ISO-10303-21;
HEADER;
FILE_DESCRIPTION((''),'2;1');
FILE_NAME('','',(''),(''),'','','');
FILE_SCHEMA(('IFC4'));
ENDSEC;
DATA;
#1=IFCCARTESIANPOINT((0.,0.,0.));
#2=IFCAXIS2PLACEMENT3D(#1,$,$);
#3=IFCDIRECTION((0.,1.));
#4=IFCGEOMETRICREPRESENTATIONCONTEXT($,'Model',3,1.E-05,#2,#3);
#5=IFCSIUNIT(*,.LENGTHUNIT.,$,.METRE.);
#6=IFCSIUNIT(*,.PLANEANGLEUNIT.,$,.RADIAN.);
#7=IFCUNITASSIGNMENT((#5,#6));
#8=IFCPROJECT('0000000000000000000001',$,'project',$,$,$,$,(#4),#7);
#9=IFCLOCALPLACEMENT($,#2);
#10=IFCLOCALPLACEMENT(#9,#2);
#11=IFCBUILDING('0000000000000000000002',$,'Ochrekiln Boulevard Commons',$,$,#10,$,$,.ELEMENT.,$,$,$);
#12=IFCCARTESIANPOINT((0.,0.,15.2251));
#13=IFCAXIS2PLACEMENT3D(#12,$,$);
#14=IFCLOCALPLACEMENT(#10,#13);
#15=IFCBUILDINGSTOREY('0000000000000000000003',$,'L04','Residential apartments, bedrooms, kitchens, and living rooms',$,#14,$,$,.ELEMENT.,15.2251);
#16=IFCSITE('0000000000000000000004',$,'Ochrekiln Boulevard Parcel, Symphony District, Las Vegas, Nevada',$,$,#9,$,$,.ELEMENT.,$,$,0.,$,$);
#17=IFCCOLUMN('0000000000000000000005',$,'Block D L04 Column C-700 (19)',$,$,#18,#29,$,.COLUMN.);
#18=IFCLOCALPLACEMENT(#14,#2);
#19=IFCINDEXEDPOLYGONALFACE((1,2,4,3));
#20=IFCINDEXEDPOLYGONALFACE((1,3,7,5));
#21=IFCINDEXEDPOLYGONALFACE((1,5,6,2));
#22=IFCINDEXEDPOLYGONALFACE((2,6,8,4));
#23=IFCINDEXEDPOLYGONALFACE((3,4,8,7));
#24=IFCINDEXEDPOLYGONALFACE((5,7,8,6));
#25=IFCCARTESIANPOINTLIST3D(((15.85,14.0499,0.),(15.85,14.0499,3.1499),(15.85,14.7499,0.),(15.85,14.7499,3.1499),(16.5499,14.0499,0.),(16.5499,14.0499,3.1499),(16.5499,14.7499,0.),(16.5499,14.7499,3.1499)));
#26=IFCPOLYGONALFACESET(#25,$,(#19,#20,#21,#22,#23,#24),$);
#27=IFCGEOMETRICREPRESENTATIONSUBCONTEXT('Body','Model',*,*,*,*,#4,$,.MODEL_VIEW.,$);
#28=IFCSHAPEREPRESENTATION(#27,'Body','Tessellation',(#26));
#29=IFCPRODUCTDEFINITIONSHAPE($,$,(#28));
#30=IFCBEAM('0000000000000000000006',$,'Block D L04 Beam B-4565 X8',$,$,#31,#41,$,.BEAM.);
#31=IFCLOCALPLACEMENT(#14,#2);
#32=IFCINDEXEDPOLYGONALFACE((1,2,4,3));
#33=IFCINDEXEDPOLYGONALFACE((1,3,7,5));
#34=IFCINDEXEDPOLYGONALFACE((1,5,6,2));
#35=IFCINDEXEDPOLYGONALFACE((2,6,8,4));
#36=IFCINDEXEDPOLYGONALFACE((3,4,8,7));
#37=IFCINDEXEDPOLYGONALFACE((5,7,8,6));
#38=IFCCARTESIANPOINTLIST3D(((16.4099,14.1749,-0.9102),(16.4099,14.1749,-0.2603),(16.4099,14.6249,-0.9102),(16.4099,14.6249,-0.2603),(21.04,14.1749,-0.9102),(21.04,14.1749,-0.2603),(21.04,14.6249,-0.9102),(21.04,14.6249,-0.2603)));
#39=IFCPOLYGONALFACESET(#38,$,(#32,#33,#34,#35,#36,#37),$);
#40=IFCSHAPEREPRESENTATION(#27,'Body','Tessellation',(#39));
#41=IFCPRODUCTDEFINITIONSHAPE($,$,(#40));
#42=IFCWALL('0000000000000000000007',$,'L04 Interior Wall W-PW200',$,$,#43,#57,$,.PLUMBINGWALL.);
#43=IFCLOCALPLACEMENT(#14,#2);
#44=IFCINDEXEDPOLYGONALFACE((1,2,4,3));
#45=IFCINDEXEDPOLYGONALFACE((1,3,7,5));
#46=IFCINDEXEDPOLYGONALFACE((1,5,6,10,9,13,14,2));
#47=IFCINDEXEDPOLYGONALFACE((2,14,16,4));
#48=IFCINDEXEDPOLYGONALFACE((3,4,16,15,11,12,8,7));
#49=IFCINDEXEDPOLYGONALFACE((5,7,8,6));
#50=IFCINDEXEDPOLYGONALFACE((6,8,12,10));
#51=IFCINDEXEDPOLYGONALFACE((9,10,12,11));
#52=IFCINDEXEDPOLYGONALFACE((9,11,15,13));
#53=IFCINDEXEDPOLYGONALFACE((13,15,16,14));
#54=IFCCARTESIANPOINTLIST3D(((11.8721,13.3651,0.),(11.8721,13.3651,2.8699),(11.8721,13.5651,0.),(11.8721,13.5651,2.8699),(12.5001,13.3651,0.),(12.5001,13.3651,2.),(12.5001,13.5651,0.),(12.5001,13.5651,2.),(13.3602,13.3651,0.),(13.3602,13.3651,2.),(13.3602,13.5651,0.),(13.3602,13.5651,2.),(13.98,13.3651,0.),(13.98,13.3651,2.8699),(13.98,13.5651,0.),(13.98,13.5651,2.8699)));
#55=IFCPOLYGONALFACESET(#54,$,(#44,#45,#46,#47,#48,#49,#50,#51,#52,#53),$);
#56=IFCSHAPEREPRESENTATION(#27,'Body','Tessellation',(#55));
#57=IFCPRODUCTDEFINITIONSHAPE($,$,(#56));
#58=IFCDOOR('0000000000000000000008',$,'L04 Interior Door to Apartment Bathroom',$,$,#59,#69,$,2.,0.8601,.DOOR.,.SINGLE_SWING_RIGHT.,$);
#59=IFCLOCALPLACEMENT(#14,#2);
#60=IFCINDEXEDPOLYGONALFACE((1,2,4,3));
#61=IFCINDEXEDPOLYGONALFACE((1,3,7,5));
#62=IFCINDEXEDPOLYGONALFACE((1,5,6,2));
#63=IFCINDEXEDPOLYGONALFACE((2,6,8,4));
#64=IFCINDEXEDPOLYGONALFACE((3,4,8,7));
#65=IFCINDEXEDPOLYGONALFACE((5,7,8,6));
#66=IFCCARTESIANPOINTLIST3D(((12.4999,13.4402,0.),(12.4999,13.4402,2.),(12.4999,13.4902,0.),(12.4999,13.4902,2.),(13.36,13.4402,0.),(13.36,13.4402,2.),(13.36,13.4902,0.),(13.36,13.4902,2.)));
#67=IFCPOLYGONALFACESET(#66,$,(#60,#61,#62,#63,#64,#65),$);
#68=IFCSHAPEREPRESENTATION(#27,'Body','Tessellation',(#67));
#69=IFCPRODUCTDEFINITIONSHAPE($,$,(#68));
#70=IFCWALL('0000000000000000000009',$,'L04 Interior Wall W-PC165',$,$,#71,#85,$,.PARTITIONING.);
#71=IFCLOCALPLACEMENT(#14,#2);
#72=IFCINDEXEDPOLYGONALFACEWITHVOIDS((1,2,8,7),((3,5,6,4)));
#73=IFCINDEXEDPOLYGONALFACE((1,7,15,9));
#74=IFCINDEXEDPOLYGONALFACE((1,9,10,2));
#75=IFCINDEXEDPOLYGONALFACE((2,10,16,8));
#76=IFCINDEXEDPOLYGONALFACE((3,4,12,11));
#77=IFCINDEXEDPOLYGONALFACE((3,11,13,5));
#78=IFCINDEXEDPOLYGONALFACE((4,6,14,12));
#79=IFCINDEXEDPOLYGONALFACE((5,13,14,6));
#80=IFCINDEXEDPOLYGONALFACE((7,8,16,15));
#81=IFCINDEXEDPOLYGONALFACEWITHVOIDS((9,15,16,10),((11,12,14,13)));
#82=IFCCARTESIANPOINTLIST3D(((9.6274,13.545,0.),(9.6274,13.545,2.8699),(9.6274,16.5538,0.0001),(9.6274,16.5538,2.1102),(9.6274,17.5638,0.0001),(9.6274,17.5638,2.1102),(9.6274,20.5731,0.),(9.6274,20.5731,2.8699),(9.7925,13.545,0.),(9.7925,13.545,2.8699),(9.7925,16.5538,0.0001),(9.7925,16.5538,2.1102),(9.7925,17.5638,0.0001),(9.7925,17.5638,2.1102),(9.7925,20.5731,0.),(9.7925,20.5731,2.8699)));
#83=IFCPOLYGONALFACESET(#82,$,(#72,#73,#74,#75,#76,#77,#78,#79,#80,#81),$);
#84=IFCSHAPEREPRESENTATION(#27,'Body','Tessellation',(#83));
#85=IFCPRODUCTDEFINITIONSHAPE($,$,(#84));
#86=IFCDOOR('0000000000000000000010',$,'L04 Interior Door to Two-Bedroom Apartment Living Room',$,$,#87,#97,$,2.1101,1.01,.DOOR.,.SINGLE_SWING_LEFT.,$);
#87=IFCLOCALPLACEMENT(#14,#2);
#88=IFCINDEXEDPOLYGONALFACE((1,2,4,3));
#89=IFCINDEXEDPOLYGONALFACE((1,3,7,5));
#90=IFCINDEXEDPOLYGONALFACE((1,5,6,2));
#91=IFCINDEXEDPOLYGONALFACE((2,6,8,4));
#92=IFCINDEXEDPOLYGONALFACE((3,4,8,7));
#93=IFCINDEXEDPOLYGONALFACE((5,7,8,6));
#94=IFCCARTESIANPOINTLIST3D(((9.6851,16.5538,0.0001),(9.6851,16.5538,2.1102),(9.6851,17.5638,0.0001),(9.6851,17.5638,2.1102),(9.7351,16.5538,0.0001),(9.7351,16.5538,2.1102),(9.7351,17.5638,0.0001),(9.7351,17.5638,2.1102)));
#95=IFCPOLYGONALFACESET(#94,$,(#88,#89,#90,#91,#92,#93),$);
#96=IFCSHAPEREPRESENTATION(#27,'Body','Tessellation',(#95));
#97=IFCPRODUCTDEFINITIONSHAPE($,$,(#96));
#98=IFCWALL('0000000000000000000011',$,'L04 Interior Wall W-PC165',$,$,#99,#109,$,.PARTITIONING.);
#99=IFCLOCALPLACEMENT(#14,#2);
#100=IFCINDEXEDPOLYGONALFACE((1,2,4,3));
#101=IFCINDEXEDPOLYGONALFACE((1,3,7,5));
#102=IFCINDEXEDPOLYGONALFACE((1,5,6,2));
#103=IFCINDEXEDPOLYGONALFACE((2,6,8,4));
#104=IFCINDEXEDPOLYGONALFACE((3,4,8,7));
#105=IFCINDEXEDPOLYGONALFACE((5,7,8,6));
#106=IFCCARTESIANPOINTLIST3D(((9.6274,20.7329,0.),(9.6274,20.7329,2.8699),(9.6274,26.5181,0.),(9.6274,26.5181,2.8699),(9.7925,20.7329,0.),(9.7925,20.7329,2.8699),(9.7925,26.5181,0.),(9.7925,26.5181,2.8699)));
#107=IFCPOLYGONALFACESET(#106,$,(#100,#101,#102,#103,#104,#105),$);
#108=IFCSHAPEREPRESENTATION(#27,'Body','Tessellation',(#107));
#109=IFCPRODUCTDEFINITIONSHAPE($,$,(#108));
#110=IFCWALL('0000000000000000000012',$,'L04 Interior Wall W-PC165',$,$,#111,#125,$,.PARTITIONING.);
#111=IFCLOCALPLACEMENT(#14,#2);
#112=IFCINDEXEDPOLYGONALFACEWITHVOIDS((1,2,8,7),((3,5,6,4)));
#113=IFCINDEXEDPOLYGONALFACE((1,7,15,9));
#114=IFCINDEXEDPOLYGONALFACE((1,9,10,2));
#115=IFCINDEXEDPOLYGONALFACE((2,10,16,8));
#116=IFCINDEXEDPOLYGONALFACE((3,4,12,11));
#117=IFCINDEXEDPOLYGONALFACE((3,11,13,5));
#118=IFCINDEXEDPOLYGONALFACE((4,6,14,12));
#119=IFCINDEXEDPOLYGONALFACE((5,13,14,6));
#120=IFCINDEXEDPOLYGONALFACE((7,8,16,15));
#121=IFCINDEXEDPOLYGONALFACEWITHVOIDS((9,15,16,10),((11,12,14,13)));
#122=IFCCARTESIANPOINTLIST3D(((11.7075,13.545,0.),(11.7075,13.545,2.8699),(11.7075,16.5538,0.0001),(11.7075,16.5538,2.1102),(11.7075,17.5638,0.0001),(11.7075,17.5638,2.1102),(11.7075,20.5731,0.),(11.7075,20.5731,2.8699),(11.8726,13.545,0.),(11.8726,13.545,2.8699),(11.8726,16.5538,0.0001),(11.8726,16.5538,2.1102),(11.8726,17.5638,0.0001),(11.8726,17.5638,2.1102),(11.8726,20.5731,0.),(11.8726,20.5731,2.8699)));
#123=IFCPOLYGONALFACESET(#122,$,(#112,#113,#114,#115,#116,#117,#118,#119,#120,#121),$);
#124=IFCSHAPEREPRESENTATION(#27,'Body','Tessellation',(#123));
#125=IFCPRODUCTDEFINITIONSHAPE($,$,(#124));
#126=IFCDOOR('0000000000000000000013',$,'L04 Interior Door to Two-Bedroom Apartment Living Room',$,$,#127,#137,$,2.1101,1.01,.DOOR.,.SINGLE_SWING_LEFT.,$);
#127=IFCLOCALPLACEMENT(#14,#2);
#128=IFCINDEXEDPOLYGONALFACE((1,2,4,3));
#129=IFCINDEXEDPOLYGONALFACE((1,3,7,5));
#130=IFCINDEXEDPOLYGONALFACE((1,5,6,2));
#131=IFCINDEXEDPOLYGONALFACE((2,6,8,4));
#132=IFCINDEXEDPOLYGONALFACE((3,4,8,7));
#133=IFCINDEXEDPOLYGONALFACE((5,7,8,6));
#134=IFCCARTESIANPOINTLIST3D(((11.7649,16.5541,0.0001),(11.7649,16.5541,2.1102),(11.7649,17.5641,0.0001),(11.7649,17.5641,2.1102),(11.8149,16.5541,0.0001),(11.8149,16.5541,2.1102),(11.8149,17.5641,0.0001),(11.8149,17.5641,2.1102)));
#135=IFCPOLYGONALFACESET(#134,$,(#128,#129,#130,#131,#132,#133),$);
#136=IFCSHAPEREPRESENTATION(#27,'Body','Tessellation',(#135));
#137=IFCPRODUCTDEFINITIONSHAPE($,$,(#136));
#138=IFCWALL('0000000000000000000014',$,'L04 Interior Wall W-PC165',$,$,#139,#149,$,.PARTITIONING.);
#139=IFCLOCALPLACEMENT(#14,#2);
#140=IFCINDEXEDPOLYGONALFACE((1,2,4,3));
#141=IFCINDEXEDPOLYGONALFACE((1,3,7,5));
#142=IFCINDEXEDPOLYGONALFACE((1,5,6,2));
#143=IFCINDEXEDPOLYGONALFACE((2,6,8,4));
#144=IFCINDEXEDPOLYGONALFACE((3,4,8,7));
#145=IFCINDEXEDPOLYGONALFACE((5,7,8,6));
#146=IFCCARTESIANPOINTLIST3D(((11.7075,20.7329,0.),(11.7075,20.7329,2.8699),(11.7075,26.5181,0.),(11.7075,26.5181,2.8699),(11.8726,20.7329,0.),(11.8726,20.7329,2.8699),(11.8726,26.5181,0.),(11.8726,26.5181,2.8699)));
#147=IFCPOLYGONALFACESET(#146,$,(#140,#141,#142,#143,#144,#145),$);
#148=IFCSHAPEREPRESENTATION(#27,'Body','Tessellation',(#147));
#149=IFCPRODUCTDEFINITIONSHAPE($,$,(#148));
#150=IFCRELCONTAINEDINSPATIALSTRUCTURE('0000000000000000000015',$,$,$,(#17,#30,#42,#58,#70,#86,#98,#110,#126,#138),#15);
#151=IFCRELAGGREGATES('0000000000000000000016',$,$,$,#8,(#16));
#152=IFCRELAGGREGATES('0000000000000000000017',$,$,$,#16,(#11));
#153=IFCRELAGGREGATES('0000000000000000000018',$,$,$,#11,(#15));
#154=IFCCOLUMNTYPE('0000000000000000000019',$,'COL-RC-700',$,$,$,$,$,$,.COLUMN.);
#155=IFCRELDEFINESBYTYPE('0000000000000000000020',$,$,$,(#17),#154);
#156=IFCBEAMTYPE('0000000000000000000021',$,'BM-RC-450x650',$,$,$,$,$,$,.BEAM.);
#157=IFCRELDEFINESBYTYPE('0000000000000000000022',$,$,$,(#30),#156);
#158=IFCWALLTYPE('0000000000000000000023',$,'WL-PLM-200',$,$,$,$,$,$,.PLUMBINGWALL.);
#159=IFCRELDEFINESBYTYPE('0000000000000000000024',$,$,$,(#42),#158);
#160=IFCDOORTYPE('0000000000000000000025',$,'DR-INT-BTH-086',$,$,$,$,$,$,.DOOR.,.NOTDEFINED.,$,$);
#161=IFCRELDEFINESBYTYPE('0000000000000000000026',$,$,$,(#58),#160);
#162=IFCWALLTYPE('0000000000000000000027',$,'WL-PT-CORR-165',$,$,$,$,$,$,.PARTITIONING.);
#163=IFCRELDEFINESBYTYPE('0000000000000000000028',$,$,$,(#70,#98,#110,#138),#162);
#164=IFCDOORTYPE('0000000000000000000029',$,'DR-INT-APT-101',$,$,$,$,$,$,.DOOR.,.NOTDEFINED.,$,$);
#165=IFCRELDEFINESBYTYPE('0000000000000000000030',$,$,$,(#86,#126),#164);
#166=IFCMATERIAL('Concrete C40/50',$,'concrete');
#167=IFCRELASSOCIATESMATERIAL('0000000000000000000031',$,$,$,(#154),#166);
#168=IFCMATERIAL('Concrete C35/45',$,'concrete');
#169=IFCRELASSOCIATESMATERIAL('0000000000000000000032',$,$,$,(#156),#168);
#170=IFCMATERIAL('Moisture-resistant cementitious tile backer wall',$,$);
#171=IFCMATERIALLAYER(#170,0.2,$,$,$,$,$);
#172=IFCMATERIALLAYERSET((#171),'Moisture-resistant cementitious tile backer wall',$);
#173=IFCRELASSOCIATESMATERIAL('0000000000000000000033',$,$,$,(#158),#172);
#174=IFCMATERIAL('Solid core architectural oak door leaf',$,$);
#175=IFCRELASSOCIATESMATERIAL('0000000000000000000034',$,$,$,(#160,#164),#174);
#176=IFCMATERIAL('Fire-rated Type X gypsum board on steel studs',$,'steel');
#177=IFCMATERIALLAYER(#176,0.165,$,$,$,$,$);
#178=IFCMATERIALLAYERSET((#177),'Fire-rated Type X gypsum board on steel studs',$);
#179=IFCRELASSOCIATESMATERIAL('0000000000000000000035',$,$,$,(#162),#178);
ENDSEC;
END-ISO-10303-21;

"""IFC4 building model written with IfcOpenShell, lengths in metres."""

from ifc_helpers import new_model, si_unit, direction, frame, frame_2d, origin, origin_2d, place, context, subcontext, project, spatial, rectangle, extrude, material, layer, layer_set, material_profile, profile_set, type_object, element, fill, save


model = new_model("IFC4")

# Units and contexts
model_context = context("Model", 3, precision=1e-05, world=origin(), true_north=direction((0.0, 1.0)))
body_context = subcontext(model_context, "Body", "Model", "MODEL_VIEW")
ifc_project = project(units=[si_unit("LENGTHUNIT", "METRE"), si_unit("PLANEANGLEUNIT", "RADIAN")], contexts=[model_context])

# Site, building, storey
site_placement = place(None, origin())
site = spatial("IfcSite", under=ifc_project, at=site_placement, Name="Ochrekiln Boulevard Parcel, Symphony District, Las Vegas, Nevada", CompositionType="ELEMENT", RefElevation=0.0)
building_placement = place(site_placement, origin())
building = spatial("IfcBuilding", under=site, at=building_placement, Name="Ochrekiln Boulevard Commons", CompositionType="ELEMENT")
storey_placement = place(building_placement, frame((0.0, 0.0, 15.2251)))
storey = spatial("IfcBuildingStorey", under=building, at=storey_placement, Name="L04", Description="Residential apartments, bedrooms, kitchens, and living rooms", CompositionType="ELEMENT", Elevation=15.2251)

# Column
ifc_material_1 = material(Name="Concrete C40/50", Category="concrete")
ifc_material_profile_1 = material_profile(ifc_material_1, rectangle(XDim=0.7, YDim=0.7, at=origin_2d()), Name="RC-COL-700x700")
ifc_profile_set_1 = profile_set([ifc_material_profile_1], Name="Concrete C40/50")
column_type = type_object("IfcColumnType", Name="COL-RC-700", PredefinedType="COLUMN", material=ifc_profile_set_1)
column_placement = place(storey_placement, frame((16.2, 14.3999, 0.0), z_axis=(0.0, 0.0, 1.0), x_axis=(1.0, 0.0, 0.0)))
element("IfcColumn", 1, at=column_placement, inside=storey, type_object=column_type, Name="Block D L04 Column C-700 (19)", PredefinedType="COLUMN", context=body_context, shape_type="SweptSolid", body=[
    extrude(rectangle(XDim=0.7, YDim=0.7, at=origin_2d()), origin(), (0.0, 0.0, 1.0), 3.1499),
])

# Beam
ifc_material_2 = material(Name="Concrete C35/45", Category="concrete")
ifc_material_profile_2 = material_profile(ifc_material_2, rectangle(XDim=0.45, YDim=0.6499, at=origin_2d()), Name="RC-BM-450x650")
ifc_profile_set_2 = profile_set([ifc_material_profile_2], Name="Concrete C35/45")
beam_type = type_object("IfcBeamType", Name="BM-RC-450x650", PredefinedType="BEAM", material=ifc_profile_set_2)
beam_placement = place(storey_placement, frame((16.4099, 14.3999, -0.5852), z_axis=(1.0, 0.0, 0.0), x_axis=(0.0, 1.0, 0.0)))
element("IfcBeam", 2, at=beam_placement, inside=storey, type_object=beam_type, Name="Block D L04 Beam B-4565 X8", PredefinedType="BEAM", context=body_context, shape_type="SweptSolid", body=[
    extrude(rectangle(XDim=0.45, YDim=0.6499, at=origin_2d()), origin(), (0.0, 0.0, 1.0), 4.6301),
])

# Walls, openings, doors
ifc_material_3 = material(Name="Moisture-resistant cementitious tile backer wall")
ifc_layer_1 = layer(ifc_material_3, 0.2)
ifc_layer_set_1 = layer_set([ifc_layer_1], Name="Moisture-resistant cementitious tile backer wall")
wall_type_1 = type_object("IfcWallType", Name="WL-PLM-200", PredefinedType="PLUMBINGWALL", material=ifc_layer_set_1)
wall_1_placement = place(storey_placement, frame((11.8721, 13.4651, 0.0), z_axis=(0.0, 0.0, 1.0), x_axis=(1.0, 0.0, 0.0)))
wall_1 = element("IfcWall", 3, at=wall_1_placement, inside=storey, type_object=wall_type_1, Name="L04 Interior Wall W-PW200", PredefinedType="PLUMBINGWALL", context=body_context, shape_type="SweptSolid", body=[
    extrude(rectangle(XDim=2.1079, YDim=0.2, at=frame_2d((1.054, 0.0))), origin(), (0.0, 0.0, 1.0), 2.8699),
])
opening_1_placement = place(wall_1_placement, frame((0.6279, 0.0, 0.0)))
opening_1 = element("IfcOpeningElement", 4, at=opening_1_placement, cuts=wall_1, PredefinedType="OPENING", context=body_context, shape_type="SweptSolid", body=[
    extrude(rectangle(XDim=0.8601, YDim=2.0, at=frame_2d((0.4302, 1.0))), frame((0.0, 0.1099, 0.0), z_axis=(0.0, -1.0, 0.0), x_axis=(1.0, 0.0, 0.0)), (0.0, 0.0, 1.0), 0.22),
])
ifc_material_4 = material(Name="Solid core architectural oak door leaf")
door_type_1 = type_object("IfcDoorType", Name="DR-INT-BTH-086", OperationType="NOTDEFINED", PredefinedType="DOOR", material=ifc_material_4)
door_1_placement = place(opening_1_placement, frame((0.8601, 0.0, 0.0), z_axis=(0.0, 0.0, 1.0), x_axis=(-1.0, 0.0, 0.0)))
door_1 = element("IfcDoor", 5, at=door_1_placement, inside=storey, type_object=door_type_1, Name="L04 Interior Door to Apartment Bathroom", OperationType="SINGLE_SWING_RIGHT", OverallHeight=2.0, OverallWidth=0.8601, PredefinedType="DOOR", context=body_context, shape_type="SweptSolid", body=[
    extrude(rectangle(XDim=0.8601, YDim=2.0, at=frame_2d((0.4302, 1.0))), frame((0.0, 0.0249, 0.0), z_axis=(0.0, -1.0, 0.0), x_axis=(1.0, 0.0, 0.0)), (0.0, 0.0, 1.0), 0.05),
])
fill(opening_1, door_1)
ifc_material_5 = material(Name="Fire-rated Type X gypsum board on steel studs", Category="steel")
ifc_layer_2 = layer(ifc_material_5, 0.165)
ifc_layer_set_2 = layer_set([ifc_layer_2], Name="Fire-rated Type X gypsum board on steel studs")
wall_type_2 = type_object("IfcWallType", Name="WL-PT-CORR-165", PredefinedType="PARTITIONING", material=ifc_layer_set_2)
wall_2_placement = place(storey_placement, frame((9.71, 13.5449, 0.0), z_axis=(0.0, 0.0, 1.0), x_axis=(0.0, 1.0, 0.0)))
wall_2 = element("IfcWall", 6, at=wall_2_placement, inside=storey, type_object=wall_type_2, Name="L04 Interior Wall W-PC165", PredefinedType="PARTITIONING", context=body_context, shape_type="SweptSolid", body=[
    extrude(rectangle(XDim=7.0281, YDim=0.165, at=frame_2d((3.5142, 0.0))), origin(), (0.0, 0.0, 1.0), 2.8699),
])
opening_2_placement = place(wall_2_placement, frame((3.009, 0.0, 0.0)))
opening_2 = element("IfcOpeningElement", 7, at=opening_2_placement, cuts=wall_2, PredefinedType="OPENING", context=body_context, shape_type="SweptSolid", body=[
    extrude(rectangle(XDim=1.01, YDim=2.1101, at=frame_2d((0.5049, 1.0552))), frame((0.0, 0.0925, 0.0), z_axis=(0.0, -1.0, 0.0), x_axis=(1.0, 0.0, 0.0)), (0.0, 0.0, 1.0), 0.1851),
])
door_type_2 = type_object("IfcDoorType", Name="DR-INT-APT-101", OperationType="NOTDEFINED", PredefinedType="DOOR", material=ifc_material_4)
door_2_placement = place(opening_2_placement, origin())
door_2 = element("IfcDoor", 8, at=door_2_placement, inside=storey, type_object=door_type_2, Name="L04 Interior Door to Two-Bedroom Apartment Living Room", OperationType="SINGLE_SWING_LEFT", OverallHeight=2.1101, OverallWidth=1.01, PredefinedType="DOOR", context=body_context, shape_type="SweptSolid", body=[
    extrude(rectangle(XDim=1.01, YDim=2.1101, at=frame_2d((0.5049, 1.0552))), frame((0.0, 0.0249, 0.0), z_axis=(0.0, -1.0, 0.0), x_axis=(1.0, 0.0, 0.0)), (0.0, 0.0, 1.0), 0.05),
])
fill(opening_2, door_2)

# Wall
wall_3_placement = place(storey_placement, frame((9.71, 20.7329, 0.0), z_axis=(0.0, 0.0, 1.0), x_axis=(0.0, 1.0, 0.0)))
element("IfcWall", 9, at=wall_3_placement, inside=storey, type_object=wall_type_2, Name="L04 Interior Wall W-PC165", PredefinedType="PARTITIONING", context=body_context, shape_type="SweptSolid", body=[
    extrude(rectangle(XDim=5.7852, YDim=0.165, at=frame_2d((2.8926, 0.0))), origin(), (0.0, 0.0, 1.0), 2.8699),
])

# Wall, opening, door
wall_4_placement = place(storey_placement, frame((11.79, 13.5449, 0.0), z_axis=(0.0, 0.0, 1.0), x_axis=(0.0, 1.0, 0.0)))
wall_4 = element("IfcWall", 10, at=wall_4_placement, inside=storey, type_object=wall_type_2, Name="L04 Interior Wall W-PC165", PredefinedType="PARTITIONING", context=body_context, shape_type="SweptSolid", body=[
    extrude(rectangle(XDim=7.0281, YDim=0.165, at=frame_2d((3.5142, 0.0))), origin(), (0.0, 0.0, 1.0), 2.8699),
])
opening_3_placement = place(wall_4_placement, frame((3.009, 0.0, 0.0)))
opening_3 = element("IfcOpeningElement", 11, at=opening_3_placement, cuts=wall_4, PredefinedType="OPENING", context=body_context, shape_type="SweptSolid", body=[
    extrude(rectangle(XDim=1.01, YDim=2.1101, at=frame_2d((0.5049, 1.0552))), frame((0.0, 0.0925, 0.0), z_axis=(0.0, -1.0, 0.0), x_axis=(1.0, 0.0, 0.0)), (0.0, 0.0, 1.0), 0.1851),
])
door_3_placement = place(opening_3_placement, frame((1.01, 0.0, 0.0), z_axis=(0.0, 0.0, 1.0), x_axis=(-1.0, 0.0, 0.0)))
door_3 = element("IfcDoor", 12, at=door_3_placement, inside=storey, type_object=door_type_2, Name="L04 Interior Door to Two-Bedroom Apartment Living Room", OperationType="SINGLE_SWING_LEFT", OverallHeight=2.1101, OverallWidth=1.01, PredefinedType="DOOR", context=body_context, shape_type="SweptSolid", body=[
    extrude(rectangle(XDim=1.01, YDim=2.1101, at=frame_2d((0.5049, 1.0552))), frame((0.0, 0.0249, 0.0), z_axis=(0.0, -1.0, 0.0), x_axis=(1.0, 0.0, 0.0)), (0.0, 0.0, 1.0), 0.05),
])
fill(opening_3, door_3)

# Wall
wall_5_placement = place(storey_placement, frame((11.79, 20.7329, 0.0), z_axis=(0.0, 0.0, 1.0), x_axis=(0.0, 1.0, 0.0)))
element("IfcWall", 13, at=wall_5_placement, inside=storey, type_object=wall_type_2, Name="L04 Interior Wall W-PC165", PredefinedType="PARTITIONING", context=body_context, shape_type="SweptSolid", body=[
    extrude(rectangle(XDim=5.7852, YDim=0.165, at=frame_2d((2.8926, 0.0))), origin(), (0.0, 0.0, 1.0), 2.8699),
])

save(model, "model.ifc")
